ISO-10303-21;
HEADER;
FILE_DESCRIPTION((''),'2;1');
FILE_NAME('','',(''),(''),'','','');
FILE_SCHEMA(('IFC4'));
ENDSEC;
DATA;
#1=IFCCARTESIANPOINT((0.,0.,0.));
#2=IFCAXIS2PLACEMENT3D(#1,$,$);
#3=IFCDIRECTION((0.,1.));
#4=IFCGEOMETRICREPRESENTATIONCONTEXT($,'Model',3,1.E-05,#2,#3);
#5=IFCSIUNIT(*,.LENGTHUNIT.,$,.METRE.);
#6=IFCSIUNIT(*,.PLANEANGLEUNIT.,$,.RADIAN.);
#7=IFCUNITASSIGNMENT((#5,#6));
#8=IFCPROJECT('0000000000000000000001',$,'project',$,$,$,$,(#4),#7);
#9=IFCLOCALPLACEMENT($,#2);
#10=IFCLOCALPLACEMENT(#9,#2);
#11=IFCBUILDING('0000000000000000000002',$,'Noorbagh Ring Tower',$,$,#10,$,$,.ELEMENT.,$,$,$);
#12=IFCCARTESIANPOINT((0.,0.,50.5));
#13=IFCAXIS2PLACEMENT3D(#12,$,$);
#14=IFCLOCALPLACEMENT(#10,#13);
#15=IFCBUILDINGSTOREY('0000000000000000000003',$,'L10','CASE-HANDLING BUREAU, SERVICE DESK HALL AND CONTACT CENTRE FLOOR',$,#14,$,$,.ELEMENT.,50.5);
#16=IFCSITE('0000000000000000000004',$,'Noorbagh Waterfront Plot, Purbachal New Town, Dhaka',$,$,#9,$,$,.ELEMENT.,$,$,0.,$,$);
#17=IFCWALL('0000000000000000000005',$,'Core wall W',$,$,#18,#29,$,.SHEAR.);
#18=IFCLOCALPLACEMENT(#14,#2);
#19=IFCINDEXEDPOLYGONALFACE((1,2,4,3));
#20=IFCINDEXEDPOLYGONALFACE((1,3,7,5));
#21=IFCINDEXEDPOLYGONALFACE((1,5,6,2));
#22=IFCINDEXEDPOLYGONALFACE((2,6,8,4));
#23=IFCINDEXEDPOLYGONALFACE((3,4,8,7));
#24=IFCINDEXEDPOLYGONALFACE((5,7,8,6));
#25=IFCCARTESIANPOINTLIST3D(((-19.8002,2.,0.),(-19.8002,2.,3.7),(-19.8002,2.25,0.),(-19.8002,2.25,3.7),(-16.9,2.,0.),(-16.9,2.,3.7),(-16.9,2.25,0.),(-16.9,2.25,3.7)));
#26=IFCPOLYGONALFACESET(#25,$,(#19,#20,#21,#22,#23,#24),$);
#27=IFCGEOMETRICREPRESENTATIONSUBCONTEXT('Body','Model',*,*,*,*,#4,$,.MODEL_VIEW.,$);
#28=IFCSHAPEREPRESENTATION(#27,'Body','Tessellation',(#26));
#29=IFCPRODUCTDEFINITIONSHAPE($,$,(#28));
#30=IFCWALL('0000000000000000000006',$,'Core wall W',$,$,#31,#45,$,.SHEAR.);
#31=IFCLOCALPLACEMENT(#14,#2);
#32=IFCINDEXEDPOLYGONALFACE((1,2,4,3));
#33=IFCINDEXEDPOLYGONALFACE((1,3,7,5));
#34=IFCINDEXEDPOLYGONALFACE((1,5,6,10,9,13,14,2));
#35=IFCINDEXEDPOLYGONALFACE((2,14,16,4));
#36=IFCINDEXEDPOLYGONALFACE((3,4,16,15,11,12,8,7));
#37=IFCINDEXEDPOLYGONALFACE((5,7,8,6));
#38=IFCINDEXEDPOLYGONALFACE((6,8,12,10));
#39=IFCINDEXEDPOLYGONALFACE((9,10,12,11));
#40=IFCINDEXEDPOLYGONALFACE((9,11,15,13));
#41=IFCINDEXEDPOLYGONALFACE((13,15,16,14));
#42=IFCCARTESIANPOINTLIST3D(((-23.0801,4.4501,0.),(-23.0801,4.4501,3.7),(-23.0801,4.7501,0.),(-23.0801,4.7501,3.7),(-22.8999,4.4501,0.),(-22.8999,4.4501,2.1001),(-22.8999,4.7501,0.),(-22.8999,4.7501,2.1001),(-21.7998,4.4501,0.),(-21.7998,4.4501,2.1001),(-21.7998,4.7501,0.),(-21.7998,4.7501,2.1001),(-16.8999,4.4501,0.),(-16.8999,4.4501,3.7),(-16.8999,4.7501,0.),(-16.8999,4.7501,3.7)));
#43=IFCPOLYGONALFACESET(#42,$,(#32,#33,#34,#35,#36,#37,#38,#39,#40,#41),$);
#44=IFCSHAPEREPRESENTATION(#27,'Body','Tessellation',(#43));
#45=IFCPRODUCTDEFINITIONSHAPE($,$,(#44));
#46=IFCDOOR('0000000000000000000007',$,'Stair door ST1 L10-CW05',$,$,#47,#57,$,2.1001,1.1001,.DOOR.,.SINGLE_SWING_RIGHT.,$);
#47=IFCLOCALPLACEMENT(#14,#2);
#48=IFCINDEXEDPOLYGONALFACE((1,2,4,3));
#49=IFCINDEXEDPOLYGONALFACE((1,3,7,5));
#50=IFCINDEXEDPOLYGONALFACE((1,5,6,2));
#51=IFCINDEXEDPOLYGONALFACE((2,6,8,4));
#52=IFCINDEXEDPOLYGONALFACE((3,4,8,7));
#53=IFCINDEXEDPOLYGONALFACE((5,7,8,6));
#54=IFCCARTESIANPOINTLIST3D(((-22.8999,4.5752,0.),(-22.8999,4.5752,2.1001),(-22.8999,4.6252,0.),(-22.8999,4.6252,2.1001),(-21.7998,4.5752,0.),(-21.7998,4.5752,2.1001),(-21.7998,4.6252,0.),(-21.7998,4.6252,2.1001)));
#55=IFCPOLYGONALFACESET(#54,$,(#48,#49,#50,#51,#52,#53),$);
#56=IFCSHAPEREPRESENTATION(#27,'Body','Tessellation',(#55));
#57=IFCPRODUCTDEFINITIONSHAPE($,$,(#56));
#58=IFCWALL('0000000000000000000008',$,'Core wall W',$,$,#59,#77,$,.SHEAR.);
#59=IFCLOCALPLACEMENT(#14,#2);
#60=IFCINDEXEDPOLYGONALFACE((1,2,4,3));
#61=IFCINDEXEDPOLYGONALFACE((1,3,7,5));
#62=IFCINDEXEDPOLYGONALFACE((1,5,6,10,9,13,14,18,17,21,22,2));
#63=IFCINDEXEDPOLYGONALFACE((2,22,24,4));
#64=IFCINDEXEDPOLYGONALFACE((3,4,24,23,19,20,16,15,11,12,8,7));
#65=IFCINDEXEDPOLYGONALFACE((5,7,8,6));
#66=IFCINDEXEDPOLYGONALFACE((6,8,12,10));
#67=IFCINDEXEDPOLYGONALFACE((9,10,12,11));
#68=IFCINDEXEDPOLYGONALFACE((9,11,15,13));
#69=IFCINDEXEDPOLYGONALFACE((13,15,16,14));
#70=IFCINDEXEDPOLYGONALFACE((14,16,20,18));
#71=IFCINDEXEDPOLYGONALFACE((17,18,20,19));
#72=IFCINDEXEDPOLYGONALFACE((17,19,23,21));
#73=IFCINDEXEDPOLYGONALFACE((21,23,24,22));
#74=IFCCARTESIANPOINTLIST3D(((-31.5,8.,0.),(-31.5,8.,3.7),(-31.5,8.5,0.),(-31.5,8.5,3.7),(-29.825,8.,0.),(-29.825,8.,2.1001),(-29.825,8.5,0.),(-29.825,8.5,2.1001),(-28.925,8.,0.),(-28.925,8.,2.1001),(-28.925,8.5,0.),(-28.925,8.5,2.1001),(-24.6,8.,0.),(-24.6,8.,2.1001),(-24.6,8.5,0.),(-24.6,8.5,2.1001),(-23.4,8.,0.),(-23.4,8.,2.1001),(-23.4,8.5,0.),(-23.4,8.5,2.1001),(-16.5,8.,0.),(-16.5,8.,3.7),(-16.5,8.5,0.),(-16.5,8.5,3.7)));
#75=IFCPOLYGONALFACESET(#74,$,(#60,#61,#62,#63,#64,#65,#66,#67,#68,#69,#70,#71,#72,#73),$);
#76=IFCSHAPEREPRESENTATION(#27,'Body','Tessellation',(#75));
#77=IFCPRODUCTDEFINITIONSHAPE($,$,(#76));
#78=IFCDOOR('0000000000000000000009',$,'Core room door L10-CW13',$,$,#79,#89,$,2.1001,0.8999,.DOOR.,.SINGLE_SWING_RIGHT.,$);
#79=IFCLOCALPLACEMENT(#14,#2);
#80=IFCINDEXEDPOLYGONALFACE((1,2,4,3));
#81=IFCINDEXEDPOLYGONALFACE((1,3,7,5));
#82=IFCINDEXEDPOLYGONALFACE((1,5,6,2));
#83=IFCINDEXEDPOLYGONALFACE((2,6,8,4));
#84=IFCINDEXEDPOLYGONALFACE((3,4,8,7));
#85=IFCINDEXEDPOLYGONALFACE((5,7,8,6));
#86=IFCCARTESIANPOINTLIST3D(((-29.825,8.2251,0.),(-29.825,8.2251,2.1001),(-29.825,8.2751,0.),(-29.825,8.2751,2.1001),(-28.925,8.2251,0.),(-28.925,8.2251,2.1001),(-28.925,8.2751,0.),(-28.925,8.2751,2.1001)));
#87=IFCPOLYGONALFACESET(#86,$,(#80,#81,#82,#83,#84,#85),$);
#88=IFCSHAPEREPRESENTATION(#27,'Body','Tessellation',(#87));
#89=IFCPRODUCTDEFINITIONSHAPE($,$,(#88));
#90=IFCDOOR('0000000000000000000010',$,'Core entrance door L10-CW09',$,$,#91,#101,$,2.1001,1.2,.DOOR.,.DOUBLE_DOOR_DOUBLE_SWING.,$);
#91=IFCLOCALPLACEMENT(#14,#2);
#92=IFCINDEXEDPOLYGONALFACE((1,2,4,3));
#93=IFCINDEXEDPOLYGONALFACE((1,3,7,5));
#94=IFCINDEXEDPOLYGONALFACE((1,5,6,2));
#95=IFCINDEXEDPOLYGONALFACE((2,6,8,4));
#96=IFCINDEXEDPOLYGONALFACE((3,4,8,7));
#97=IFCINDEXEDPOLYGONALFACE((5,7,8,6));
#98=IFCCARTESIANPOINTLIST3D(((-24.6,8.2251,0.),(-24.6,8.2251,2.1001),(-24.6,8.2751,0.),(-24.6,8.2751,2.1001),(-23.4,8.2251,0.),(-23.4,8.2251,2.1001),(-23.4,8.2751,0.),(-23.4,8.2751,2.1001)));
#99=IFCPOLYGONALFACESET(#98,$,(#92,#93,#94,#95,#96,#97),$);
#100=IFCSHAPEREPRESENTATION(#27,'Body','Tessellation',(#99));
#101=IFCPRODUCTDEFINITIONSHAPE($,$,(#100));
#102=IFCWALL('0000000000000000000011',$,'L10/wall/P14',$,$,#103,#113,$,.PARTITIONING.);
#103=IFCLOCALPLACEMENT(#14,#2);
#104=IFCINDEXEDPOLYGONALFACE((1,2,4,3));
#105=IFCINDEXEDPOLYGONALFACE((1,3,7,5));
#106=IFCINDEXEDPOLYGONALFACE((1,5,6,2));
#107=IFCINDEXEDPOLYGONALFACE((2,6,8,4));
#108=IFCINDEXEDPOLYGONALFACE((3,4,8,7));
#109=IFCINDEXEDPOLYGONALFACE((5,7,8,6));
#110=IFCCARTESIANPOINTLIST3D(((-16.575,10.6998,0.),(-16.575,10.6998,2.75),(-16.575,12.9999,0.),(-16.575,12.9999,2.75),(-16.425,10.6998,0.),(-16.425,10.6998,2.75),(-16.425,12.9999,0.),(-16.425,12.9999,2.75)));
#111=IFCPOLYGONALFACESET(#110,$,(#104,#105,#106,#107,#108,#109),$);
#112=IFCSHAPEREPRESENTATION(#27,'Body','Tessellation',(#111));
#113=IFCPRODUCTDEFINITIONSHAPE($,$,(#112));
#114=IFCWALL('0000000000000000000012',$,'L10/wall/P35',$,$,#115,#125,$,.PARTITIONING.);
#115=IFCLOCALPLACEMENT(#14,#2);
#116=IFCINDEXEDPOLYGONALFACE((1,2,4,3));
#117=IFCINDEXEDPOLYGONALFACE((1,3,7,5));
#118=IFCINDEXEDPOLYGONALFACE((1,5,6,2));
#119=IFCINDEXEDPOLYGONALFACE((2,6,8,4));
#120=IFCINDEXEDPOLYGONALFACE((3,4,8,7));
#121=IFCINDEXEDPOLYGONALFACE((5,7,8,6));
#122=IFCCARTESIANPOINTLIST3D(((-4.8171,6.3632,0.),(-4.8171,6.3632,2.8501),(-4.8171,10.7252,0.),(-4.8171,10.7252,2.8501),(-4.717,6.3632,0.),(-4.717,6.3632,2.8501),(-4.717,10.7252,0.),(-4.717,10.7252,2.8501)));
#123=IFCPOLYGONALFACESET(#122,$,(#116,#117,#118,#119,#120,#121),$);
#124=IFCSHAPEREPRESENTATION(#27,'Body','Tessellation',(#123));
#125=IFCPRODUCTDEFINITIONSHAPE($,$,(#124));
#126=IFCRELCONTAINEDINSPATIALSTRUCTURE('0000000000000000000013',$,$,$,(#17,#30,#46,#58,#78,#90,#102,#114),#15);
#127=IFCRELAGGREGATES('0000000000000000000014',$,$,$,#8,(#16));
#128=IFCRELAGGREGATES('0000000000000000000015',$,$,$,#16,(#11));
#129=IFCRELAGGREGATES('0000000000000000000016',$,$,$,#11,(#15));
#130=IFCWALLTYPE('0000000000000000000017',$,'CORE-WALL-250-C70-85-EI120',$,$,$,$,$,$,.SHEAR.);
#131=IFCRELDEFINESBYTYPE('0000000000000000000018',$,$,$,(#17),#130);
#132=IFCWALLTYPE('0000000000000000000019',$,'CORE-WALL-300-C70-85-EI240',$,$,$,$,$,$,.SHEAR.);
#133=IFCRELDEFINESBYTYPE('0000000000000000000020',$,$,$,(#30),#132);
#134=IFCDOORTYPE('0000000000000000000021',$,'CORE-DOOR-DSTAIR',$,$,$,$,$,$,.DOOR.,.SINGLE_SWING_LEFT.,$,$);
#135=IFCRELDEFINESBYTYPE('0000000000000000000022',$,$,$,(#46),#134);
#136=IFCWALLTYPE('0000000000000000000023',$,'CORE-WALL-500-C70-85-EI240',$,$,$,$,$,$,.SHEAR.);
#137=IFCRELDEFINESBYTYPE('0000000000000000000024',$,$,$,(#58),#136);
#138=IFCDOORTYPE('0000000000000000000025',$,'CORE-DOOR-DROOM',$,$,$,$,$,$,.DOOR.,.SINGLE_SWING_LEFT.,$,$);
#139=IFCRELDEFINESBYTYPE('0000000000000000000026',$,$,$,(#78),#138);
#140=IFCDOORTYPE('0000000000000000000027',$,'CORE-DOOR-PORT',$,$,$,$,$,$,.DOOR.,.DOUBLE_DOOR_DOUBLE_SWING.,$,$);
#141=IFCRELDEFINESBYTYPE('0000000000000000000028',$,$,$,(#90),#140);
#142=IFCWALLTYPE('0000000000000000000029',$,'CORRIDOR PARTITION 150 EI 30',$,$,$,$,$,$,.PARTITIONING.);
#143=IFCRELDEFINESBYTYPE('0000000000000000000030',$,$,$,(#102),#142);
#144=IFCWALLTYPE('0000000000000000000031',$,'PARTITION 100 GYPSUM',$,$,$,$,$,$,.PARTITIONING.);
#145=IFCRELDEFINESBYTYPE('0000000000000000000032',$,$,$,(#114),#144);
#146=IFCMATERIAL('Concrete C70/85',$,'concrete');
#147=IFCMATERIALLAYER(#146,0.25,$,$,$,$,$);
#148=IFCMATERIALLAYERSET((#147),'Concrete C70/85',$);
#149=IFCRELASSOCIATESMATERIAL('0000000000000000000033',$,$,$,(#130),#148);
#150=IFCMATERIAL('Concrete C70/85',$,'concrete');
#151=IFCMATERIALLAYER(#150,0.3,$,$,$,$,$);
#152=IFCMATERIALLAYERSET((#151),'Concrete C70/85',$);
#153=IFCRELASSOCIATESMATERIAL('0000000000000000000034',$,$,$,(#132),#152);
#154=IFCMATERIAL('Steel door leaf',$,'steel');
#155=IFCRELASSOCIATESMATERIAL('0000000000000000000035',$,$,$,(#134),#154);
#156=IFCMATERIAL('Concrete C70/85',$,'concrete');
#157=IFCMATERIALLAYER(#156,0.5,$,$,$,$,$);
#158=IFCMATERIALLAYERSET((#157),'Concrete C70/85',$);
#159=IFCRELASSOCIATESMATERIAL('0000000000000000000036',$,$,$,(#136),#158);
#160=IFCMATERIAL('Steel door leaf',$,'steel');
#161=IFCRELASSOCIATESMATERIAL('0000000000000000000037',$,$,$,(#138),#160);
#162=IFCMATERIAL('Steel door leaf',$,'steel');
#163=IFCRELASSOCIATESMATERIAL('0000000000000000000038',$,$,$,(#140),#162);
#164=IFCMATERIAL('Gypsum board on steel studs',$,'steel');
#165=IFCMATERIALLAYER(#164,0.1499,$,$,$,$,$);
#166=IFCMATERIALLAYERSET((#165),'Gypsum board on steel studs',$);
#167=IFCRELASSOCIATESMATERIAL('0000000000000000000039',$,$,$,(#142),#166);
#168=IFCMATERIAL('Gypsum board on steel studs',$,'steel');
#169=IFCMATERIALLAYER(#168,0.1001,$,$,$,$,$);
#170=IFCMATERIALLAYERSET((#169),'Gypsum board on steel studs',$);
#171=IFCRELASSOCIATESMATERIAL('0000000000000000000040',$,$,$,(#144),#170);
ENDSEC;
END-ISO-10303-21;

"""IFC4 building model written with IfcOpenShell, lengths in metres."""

from ifc_helpers import new_model, si_unit, direction, frame, frame_2d, origin, place, context, subcontext, project, spatial, rectangle, extrude, material, layer, layer_set, type_object, element, fill, save


model = new_model("IFC4")

# Units and contexts
model_context = context("Model", 3, precision=1e-05, world=origin(), true_north=direction((0.0, 1.0)))
body_context = subcontext(model_context, "Body", "Model", "MODEL_VIEW")
ifc_project = project(units=[si_unit("LENGTHUNIT", "METRE"), si_unit("PLANEANGLEUNIT", "RADIAN")], contexts=[model_context])

# Site, building, storey
site_placement = place(None, origin())
site = spatial("IfcSite", under=ifc_project, at=site_placement, Name="Noorbagh Waterfront Plot, Purbachal New Town, Dhaka", CompositionType="ELEMENT", RefElevation=0.0)
building_placement = place(site_placement, origin())
building = spatial("IfcBuilding", under=site, at=building_placement, Name="Noorbagh Ring Tower", CompositionType="ELEMENT")
storey_placement = place(building_placement, frame((0.0, 0.0, 50.5)))
storey = spatial("IfcBuildingStorey", under=building, at=storey_placement, Name="L10", Description="CASE-HANDLING BUREAU, SERVICE DESK HALL AND CONTACT CENTRE FLOOR", CompositionType="ELEMENT", Elevation=50.5)

# Wall
ifc_material_1 = material(Name="Concrete C70/85", Category="concrete")
ifc_layer_1 = layer(ifc_material_1, 0.25)
ifc_layer_set_1 = layer_set([ifc_layer_1], Name="Concrete C70/85")
wall_type_1 = type_object("IfcWallType", Name="CORE-WALL-250-C70-85-EI120", PredefinedType="SHEAR", material=ifc_layer_set_1)
wall_1_placement = place(storey_placement, frame((-16.8999, 2.125, 0.0), z_axis=(0.0, 0.0, 1.0), x_axis=(-1.0, 0.0, 0.0)))
element("IfcWall", 1, at=wall_1_placement, inside=storey, type_object=wall_type_1, Name="Core wall W", PredefinedType="SHEAR", context=body_context, shape_type="SweptSolid", body=[
    extrude(rectangle(XDim=2.9001, YDim=0.25, at=frame_2d((1.4502, 0.0))), origin(), (0.0, 0.0, 1.0), 3.7),
])

# Wall, opening, door
ifc_material_2 = material(Name="Concrete C70/85", Category="concrete")
ifc_layer_2 = layer(ifc_material_2, 0.3)
ifc_layer_set_2 = layer_set([ifc_layer_2], Name="Concrete C70/85")
wall_type_2 = type_object("IfcWallType", Name="CORE-WALL-300-C70-85-EI240", PredefinedType="SHEAR", material=ifc_layer_set_2)
wall_2_placement = place(storey_placement, frame((-16.8999, 4.6001, 0.0), z_axis=(0.0, 0.0, 1.0), x_axis=(-1.0, 0.0, 0.0)))
wall_2 = element("IfcWall", 2, at=wall_2_placement, inside=storey, type_object=wall_type_2, Name="Core wall W", PredefinedType="SHEAR", context=body_context, shape_type="SweptSolid", body=[
    extrude(rectangle(XDim=6.1802, YDim=0.3, at=frame_2d((3.0901, 0.0))), origin(), (0.0, 0.0, 1.0), 3.7),
])
opening_1_placement = place(wall_2_placement, frame((4.8999, 0.0, 0.0)))
opening_1 = element("IfcOpeningElement", 3, at=opening_1_placement, cuts=wall_2, PredefinedType="OPENING", context=body_context, shape_type="SweptSolid", body=[
    extrude(rectangle(XDim=1.1001, YDim=2.1001, at=frame_2d((0.55, 1.05))), frame((0.0, 0.1602, 0.0), z_axis=(0.0, -1.0, 0.0), x_axis=(1.0, 0.0, 0.0)), (0.0, 0.0, 1.0), 0.3201),
])
ifc_material_3 = material(Name="Steel door leaf", Category="steel")
door_type_1 = type_object("IfcDoorType", Name="CORE-DOOR-DSTAIR", OperationType="SINGLE_SWING_LEFT", PredefinedType="DOOR", material=ifc_material_3)
door_1_placement = place(opening_1_placement, origin())
door_1 = element("IfcDoor", 4, at=door_1_placement, inside=storey, type_object=door_type_1, Name="Stair door ST1 L10-CW05", OperationType="SINGLE_SWING_RIGHT", OverallHeight=2.1001, OverallWidth=1.1001, PredefinedType="DOOR", context=body_context, shape_type="SweptSolid", body=[
    extrude(rectangle(XDim=1.1001, YDim=2.1001, at=frame_2d((0.55, 1.05))), frame((0.0, 0.0249, 0.0), z_axis=(0.0, -1.0, 0.0), x_axis=(1.0, 0.0, 0.0)), (0.0, 0.0, 1.0), 0.05),
])
fill(opening_1, door_1)

# Wall, openings, doors
ifc_material_4 = material(Name="Concrete C70/85", Category="concrete")
ifc_layer_3 = layer(ifc_material_4, 0.5)
ifc_layer_set_3 = layer_set([ifc_layer_3], Name="Concrete C70/85")
wall_type_3 = type_object("IfcWallType", Name="CORE-WALL-500-C70-85-EI240", PredefinedType="SHEAR", material=ifc_layer_set_3)
wall_3_placement = place(storey_placement, frame((-16.5, 8.25, 0.0), z_axis=(0.0, 0.0, 1.0), x_axis=(-1.0, 0.0, 0.0)))
wall_3 = element("IfcWall", 5, at=wall_3_placement, inside=storey, type_object=wall_type_3, Name="Core wall W", PredefinedType="SHEAR", context=body_context, shape_type="SweptSolid", body=[
    extrude(rectangle(XDim=15.0, YDim=0.5, at=frame_2d((7.5, 0.0))), origin(), (0.0, 0.0, 1.0), 3.7),
])
opening_2_placement = place(wall_3_placement, frame((6.8999, 0.0, 0.0)))
opening_2 = element("IfcOpeningElement", 6, at=opening_2_placement, cuts=wall_3, PredefinedType="OPENING", context=body_context, shape_type="SweptSolid", body=[
    extrude(rectangle(XDim=1.2, YDim=2.1001, at=frame_2d((0.6001, 1.05))), frame((0.0, 0.26, 0.0), z_axis=(0.0, -1.0, 0.0), x_axis=(1.0, 0.0, 0.0)), (0.0, 0.0, 1.0), 0.52),
])
opening_3_placement = place(wall_3_placement, frame((12.425, 0.0, 0.0)))
opening_3 = element("IfcOpeningElement", 7, at=opening_3_placement, cuts=wall_3, PredefinedType="OPENING", context=body_context, shape_type="SweptSolid", body=[
    extrude(rectangle(XDim=0.8999, YDim=2.1001, at=frame_2d((0.45, 1.05))), frame((0.0, 0.26, 0.0), z_axis=(0.0, -1.0, 0.0), x_axis=(1.0, 0.0, 0.0)), (0.0, 0.0, 1.0), 0.52),
])
ifc_material_5 = material(Name="Steel door leaf", Category="steel")
door_type_2 = type_object("IfcDoorType", Name="CORE-DOOR-DROOM", OperationType="SINGLE_SWING_LEFT", PredefinedType="DOOR", material=ifc_material_5)
door_2_placement = place(opening_3_placement, origin())
door_2 = element("IfcDoor", 8, at=door_2_placement, inside=storey, type_object=door_type_2, Name="Core room door L10-CW13", OperationType="SINGLE_SWING_RIGHT", OverallHeight=2.1001, OverallWidth=0.8999, PredefinedType="DOOR", context=body_context, shape_type="SweptSolid", body=[
    extrude(rectangle(XDim=0.8999, YDim=2.1001, at=frame_2d((0.45, 1.05))), frame((0.0, 0.0249, 0.0), z_axis=(0.0, -1.0, 0.0), x_axis=(1.0, 0.0, 0.0)), (0.0, 0.0, 1.0), 0.05),
])
fill(opening_3, door_2)
ifc_material_6 = material(Name="Steel door leaf", Category="steel")
door_type_3 = type_object("IfcDoorType", Name="CORE-DOOR-PORT", OperationType="DOUBLE_DOOR_DOUBLE_SWING", PredefinedType="DOOR", material=ifc_material_6)
door_3_placement = place(opening_2_placement, origin())
door_3 = element("IfcDoor", 9, at=door_3_placement, inside=storey, type_object=door_type_3, Name="Core entrance door L10-CW09", OperationType="DOUBLE_DOOR_DOUBLE_SWING", OverallHeight=2.1001, OverallWidth=1.2, PredefinedType="DOOR", context=body_context, shape_type="SweptSolid", body=[
    extrude(rectangle(XDim=1.2, YDim=2.1001, at=frame_2d((0.6001, 1.05))), frame((0.0, 0.0249, 0.0), z_axis=(0.0, -1.0, 0.0), x_axis=(1.0, 0.0, 0.0)), (0.0, 0.0, 1.0), 0.05),
])
fill(opening_2, door_3)

# Walls
ifc_material_7 = material(Name="Gypsum board on steel studs", Category="steel")
ifc_layer_4 = layer(ifc_material_7, 0.1499)
ifc_layer_set_4 = layer_set([ifc_layer_4], Name="Gypsum board on steel studs")
wall_type_4 = type_object("IfcWallType", Name="CORRIDOR PARTITION 150 EI 30", PredefinedType="PARTITIONING", material=ifc_layer_set_4)
wall_4_placement = place(storey_placement, frame((-16.5, 10.7, 0.0), z_axis=(0.0, 0.0, 1.0), x_axis=(0.0, 1.0, 0.0)))
element("IfcWall", 10, at=wall_4_placement, inside=storey, type_object=wall_type_4, Name="L10/wall/P14", PredefinedType="PARTITIONING", context=body_context, shape_type="SweptSolid", body=[
    extrude(rectangle(XDim=2.3, YDim=0.1499, at=frame_2d((1.1499, 0.0))), origin(), (0.0, 0.0, 1.0), 2.75),
])
ifc_material_8 = material(Name="Gypsum board on steel studs", Category="steel")
ifc_layer_5 = layer(ifc_material_8, 0.1001)
ifc_layer_set_5 = layer_set([ifc_layer_5], Name="Gypsum board on steel studs")
wall_type_5 = type_object("IfcWallType", Name="PARTITION 100 GYPSUM", PredefinedType="PARTITIONING", material=ifc_layer_set_5)
wall_5_placement = place(storey_placement, frame((-4.7671, 6.363, 0.0), z_axis=(0.0, 0.0, 1.0), x_axis=(0.0, 1.0, 0.0)))
element("IfcWall", 11, at=wall_5_placement, inside=storey, type_object=wall_type_5, Name="L10/wall/P35", PredefinedType="PARTITIONING", context=body_context, shape_type="SweptSolid", body=[
    extrude(rectangle(XDim=4.3621, YDim=0.1001, at=frame_2d((2.1812, 0.0))), origin(), (0.0, 0.0, 1.0), 2.8501),
])

save(model, "model.ifc")
